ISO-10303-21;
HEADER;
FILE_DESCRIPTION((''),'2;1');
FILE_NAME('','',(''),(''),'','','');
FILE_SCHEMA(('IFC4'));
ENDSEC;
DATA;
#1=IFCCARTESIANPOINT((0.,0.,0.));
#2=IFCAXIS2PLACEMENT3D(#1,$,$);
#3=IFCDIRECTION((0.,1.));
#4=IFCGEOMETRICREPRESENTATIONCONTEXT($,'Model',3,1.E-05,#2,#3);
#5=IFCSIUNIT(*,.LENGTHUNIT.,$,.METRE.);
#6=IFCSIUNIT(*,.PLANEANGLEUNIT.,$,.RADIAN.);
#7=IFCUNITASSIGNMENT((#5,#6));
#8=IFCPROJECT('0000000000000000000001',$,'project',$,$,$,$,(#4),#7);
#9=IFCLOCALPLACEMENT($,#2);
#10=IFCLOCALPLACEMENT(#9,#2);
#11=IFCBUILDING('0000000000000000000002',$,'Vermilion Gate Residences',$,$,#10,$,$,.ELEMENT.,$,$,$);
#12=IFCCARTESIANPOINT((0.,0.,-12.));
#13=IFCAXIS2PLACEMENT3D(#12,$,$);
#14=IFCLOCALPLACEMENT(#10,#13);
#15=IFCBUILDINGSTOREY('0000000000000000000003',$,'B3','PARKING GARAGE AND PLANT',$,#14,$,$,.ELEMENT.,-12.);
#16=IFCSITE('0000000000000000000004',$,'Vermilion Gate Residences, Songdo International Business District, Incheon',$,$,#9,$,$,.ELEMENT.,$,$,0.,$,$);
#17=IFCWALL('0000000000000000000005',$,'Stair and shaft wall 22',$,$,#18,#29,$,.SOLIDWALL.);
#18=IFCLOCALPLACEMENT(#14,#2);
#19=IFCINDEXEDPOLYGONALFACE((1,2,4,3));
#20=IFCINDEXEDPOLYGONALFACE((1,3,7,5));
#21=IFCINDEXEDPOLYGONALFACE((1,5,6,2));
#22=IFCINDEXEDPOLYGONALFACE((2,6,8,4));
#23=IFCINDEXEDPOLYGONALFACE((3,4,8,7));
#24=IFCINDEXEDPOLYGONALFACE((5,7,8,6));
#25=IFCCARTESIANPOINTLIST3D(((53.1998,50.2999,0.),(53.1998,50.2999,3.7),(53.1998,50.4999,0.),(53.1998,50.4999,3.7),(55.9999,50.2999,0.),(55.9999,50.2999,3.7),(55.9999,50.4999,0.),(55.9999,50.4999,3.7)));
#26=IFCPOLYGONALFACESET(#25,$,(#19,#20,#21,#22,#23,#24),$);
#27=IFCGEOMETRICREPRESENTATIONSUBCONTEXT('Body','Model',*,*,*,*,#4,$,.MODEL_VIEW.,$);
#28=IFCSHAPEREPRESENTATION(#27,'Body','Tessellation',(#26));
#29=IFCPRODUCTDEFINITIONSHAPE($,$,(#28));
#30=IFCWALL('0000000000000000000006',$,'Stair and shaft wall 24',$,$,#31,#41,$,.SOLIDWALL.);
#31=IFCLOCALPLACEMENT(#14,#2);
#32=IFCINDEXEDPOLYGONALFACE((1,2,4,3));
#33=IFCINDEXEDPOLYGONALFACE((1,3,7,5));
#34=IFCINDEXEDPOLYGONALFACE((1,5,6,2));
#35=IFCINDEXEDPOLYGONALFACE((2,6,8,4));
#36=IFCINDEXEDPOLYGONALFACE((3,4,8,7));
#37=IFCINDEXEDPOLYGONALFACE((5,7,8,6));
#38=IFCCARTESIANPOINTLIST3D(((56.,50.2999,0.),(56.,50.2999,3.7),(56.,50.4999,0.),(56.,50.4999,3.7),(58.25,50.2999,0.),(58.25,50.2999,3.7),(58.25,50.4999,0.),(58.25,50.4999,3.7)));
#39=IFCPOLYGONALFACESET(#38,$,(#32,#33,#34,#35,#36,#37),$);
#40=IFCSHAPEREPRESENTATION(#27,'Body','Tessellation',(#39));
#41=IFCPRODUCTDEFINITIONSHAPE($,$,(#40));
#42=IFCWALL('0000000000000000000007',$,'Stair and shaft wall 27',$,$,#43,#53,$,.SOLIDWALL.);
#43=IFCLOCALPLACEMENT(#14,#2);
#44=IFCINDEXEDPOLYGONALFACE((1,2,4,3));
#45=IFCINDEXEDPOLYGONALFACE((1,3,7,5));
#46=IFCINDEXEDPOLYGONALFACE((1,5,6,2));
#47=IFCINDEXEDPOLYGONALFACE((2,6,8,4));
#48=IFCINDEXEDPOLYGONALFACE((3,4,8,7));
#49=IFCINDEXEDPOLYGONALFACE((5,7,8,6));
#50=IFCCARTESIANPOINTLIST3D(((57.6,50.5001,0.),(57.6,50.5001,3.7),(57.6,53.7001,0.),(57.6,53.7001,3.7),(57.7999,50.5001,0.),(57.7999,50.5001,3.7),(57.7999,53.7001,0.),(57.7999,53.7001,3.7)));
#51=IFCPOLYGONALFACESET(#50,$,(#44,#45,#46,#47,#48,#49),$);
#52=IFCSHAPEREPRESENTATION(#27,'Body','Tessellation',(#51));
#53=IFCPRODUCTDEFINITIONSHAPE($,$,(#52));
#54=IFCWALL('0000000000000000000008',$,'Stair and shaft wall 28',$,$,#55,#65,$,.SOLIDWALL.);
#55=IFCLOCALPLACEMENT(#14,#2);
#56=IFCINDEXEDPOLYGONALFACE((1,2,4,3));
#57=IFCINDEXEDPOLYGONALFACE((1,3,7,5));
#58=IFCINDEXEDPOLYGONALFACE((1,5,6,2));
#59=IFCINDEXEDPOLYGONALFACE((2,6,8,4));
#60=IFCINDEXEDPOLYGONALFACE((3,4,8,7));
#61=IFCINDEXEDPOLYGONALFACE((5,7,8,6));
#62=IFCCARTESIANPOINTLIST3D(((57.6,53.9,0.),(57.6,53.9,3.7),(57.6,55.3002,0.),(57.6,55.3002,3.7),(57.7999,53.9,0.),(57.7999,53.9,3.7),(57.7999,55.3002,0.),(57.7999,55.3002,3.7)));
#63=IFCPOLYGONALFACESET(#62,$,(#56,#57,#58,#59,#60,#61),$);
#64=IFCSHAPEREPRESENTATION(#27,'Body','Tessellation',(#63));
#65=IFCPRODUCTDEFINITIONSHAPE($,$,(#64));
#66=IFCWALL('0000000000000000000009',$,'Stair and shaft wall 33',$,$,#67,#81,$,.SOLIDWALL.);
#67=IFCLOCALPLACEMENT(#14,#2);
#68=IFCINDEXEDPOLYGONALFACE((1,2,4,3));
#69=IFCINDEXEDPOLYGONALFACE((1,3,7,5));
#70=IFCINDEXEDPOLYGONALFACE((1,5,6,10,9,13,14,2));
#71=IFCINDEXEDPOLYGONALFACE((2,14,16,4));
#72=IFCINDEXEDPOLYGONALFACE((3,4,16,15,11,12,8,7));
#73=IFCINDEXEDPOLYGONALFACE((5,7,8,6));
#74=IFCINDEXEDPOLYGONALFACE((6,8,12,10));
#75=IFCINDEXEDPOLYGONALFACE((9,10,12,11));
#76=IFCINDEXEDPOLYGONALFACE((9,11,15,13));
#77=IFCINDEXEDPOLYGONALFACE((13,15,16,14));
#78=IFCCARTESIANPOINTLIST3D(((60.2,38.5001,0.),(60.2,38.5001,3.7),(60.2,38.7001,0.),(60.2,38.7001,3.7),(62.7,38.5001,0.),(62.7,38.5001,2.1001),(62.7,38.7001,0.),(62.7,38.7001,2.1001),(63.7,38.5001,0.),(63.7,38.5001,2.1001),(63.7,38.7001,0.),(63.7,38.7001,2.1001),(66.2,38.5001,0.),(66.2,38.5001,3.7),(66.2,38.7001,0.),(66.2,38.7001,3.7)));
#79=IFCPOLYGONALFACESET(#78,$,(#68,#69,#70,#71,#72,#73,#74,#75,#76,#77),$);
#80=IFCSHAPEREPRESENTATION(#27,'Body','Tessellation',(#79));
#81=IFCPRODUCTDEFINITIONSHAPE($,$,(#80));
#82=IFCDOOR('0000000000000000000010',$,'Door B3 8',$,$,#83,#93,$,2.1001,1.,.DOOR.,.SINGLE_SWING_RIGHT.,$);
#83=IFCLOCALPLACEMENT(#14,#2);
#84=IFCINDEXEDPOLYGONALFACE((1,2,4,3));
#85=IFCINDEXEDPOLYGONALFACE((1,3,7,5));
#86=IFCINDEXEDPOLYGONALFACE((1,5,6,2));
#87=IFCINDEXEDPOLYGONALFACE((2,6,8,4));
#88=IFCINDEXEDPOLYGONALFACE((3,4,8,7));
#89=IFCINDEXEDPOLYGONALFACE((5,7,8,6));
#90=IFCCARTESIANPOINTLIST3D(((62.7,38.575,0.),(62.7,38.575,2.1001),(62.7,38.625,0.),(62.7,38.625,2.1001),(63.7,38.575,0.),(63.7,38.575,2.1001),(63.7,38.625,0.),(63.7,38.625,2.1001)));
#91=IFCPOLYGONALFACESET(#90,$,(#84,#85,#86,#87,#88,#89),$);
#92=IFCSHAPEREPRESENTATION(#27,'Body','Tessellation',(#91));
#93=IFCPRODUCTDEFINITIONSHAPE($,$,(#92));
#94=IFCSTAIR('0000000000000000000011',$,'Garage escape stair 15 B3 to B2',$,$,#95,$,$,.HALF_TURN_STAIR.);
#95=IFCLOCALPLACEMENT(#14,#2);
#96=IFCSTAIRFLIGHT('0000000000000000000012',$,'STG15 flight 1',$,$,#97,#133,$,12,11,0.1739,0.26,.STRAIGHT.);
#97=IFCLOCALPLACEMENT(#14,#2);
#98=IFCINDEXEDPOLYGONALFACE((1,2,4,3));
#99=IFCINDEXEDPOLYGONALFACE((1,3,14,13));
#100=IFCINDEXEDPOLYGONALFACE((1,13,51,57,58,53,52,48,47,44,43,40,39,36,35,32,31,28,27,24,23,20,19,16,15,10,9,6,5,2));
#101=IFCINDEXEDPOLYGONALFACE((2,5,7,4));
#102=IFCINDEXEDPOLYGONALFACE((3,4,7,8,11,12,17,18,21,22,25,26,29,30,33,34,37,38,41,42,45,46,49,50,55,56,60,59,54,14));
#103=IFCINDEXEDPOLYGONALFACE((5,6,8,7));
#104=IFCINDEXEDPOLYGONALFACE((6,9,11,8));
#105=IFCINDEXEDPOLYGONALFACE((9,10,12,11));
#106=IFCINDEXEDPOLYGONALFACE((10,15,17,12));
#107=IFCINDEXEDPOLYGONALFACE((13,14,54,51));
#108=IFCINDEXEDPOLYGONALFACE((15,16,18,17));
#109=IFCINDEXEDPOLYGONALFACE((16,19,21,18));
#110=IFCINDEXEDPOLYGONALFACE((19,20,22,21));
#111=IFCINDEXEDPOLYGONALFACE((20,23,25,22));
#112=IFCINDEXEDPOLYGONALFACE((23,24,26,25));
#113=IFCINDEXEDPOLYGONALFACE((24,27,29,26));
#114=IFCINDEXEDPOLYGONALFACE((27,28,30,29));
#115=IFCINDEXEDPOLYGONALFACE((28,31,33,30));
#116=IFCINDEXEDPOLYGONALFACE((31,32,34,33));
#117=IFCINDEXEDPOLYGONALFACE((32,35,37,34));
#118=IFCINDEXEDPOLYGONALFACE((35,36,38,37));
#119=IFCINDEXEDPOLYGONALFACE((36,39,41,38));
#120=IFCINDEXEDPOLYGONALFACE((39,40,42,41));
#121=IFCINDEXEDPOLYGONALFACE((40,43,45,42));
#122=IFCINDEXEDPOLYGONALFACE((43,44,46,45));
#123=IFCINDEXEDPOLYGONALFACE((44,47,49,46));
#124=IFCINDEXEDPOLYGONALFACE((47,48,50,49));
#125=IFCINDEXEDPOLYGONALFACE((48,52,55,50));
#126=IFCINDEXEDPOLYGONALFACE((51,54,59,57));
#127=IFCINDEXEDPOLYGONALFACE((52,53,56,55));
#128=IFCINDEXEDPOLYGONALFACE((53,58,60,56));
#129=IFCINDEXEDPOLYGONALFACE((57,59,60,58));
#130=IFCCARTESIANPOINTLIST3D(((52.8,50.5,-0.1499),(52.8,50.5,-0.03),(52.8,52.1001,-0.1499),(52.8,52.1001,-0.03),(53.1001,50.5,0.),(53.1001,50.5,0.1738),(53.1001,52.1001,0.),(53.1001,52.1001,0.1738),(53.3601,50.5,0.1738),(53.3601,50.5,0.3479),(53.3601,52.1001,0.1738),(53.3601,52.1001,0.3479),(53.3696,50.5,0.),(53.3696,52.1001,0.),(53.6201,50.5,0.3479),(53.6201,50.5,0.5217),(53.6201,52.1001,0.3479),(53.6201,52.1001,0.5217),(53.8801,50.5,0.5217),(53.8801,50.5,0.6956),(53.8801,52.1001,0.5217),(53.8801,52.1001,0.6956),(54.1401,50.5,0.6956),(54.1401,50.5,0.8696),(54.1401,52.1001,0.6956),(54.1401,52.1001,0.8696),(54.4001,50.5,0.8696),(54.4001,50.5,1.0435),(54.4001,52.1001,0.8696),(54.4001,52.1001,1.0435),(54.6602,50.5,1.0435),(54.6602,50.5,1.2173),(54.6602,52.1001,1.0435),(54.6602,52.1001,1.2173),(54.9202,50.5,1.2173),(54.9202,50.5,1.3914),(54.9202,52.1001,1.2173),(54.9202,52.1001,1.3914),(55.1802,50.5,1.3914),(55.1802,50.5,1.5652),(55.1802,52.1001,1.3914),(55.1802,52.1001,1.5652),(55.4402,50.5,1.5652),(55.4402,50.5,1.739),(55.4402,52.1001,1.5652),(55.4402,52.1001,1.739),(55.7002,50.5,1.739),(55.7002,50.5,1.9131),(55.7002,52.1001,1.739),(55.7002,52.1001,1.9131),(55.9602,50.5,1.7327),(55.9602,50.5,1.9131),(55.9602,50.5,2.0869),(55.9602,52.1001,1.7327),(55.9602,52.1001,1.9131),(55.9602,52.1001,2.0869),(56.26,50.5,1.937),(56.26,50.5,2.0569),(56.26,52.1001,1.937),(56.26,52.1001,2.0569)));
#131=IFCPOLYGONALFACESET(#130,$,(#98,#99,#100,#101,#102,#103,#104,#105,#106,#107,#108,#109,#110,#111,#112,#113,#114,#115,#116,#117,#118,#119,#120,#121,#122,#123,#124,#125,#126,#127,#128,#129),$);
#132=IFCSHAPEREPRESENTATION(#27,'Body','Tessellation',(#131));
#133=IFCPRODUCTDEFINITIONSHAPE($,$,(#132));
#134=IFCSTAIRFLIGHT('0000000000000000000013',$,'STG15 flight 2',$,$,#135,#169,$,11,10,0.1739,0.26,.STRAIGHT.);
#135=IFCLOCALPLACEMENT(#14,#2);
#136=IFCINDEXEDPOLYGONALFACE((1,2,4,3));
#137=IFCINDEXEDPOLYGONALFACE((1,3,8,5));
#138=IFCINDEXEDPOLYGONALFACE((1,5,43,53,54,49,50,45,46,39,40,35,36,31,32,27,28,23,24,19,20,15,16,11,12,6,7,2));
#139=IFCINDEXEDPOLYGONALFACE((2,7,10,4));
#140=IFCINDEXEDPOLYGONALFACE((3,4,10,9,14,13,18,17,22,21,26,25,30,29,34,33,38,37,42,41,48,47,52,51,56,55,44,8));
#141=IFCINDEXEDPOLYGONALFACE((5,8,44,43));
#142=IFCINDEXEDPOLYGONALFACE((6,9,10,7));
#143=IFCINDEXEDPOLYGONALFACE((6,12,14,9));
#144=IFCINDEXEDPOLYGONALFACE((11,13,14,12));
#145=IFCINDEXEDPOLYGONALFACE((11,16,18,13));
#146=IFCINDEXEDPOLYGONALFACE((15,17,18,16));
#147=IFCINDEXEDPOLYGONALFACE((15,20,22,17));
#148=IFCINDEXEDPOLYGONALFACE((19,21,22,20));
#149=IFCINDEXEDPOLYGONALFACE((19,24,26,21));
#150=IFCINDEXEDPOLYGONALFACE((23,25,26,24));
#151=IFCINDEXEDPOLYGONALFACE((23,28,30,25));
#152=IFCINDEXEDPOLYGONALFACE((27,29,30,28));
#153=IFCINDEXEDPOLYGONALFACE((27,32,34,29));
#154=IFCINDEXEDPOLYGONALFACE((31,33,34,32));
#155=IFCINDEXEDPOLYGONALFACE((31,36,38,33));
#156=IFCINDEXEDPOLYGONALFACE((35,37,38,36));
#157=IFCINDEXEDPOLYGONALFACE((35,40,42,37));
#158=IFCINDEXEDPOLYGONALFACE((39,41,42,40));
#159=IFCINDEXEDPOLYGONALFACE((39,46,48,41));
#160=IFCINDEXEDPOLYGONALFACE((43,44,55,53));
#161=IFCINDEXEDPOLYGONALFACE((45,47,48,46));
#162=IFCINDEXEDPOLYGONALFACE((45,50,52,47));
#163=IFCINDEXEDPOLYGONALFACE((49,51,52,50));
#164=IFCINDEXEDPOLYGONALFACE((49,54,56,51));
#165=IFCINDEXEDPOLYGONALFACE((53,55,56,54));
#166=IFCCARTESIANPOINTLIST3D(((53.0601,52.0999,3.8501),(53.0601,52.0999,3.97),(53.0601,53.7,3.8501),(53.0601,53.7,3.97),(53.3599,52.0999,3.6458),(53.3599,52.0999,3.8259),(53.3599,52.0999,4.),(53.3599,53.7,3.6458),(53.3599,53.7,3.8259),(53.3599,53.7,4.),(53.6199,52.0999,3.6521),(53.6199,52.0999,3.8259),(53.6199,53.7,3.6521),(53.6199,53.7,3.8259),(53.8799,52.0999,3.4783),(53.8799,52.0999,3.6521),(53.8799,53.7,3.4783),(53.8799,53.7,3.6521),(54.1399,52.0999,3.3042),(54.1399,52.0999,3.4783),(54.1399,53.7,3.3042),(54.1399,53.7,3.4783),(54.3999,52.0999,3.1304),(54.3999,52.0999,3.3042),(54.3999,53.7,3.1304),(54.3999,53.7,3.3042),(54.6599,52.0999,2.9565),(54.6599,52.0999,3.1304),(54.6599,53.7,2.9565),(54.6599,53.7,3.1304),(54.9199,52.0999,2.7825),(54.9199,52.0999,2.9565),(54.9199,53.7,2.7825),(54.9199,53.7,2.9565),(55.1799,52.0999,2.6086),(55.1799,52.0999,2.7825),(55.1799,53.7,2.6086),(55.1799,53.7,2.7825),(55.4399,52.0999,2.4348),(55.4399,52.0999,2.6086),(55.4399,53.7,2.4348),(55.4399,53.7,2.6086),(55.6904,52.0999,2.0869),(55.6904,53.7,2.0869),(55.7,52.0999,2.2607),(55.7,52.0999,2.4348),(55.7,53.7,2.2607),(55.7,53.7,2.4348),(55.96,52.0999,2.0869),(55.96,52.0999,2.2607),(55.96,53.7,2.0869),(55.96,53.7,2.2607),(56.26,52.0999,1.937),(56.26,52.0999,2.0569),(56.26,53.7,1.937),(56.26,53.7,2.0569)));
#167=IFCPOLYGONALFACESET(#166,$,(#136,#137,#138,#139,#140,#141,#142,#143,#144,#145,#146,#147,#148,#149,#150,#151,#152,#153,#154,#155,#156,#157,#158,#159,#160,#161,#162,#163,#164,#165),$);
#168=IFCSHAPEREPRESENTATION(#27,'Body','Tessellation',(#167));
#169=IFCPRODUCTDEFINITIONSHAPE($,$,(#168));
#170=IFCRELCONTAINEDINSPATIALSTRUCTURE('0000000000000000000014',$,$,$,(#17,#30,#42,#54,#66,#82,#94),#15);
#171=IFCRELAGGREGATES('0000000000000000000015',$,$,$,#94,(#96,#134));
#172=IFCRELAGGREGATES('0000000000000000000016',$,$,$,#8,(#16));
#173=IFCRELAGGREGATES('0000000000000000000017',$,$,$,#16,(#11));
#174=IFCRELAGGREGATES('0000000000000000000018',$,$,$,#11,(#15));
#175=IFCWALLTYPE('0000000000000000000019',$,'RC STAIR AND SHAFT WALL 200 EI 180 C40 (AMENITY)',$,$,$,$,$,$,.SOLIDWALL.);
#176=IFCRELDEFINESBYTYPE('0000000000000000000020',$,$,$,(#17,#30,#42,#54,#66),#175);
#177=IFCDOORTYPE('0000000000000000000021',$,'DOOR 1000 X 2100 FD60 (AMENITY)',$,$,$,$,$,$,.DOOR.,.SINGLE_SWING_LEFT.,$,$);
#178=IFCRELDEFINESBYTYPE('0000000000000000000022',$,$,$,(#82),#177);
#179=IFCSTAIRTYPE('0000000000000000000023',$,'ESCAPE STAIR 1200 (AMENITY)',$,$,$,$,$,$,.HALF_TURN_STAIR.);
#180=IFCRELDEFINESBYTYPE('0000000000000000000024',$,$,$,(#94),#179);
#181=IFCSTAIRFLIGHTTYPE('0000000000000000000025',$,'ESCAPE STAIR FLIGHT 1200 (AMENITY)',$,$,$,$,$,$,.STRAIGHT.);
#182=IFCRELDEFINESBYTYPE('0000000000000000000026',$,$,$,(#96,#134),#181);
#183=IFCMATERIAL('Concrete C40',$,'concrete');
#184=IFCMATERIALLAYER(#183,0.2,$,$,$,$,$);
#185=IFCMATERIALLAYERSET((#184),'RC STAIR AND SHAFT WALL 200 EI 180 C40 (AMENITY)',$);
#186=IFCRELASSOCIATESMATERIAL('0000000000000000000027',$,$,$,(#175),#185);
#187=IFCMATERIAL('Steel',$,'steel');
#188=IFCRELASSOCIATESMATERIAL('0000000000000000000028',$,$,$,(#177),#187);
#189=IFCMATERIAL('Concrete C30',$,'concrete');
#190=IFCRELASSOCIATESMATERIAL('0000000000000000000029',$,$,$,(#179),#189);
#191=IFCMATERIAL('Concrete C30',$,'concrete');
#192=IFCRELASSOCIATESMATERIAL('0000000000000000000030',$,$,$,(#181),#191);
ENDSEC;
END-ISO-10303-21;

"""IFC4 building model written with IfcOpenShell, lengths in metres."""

from ifc_helpers import new_model, si_unit, direction, frame, frame_2d, origin, place, context, subcontext, project, spatial, polyline, rectangle, outline, extrude, material, layer, layer_set, type_object, element, fill, aggregate, save


model = new_model("IFC4")

# Units and contexts
model_context = context("Model", 3, precision=1e-05, world=origin(), true_north=direction((0.0, 1.0)))
body_context = subcontext(model_context, "Body", "Model", "MODEL_VIEW")
ifc_project = project(units=[si_unit("LENGTHUNIT", "METRE"), si_unit("PLANEANGLEUNIT", "RADIAN")], contexts=[model_context])

# Site, building, storey
site_placement = place(None, origin())
site = spatial("IfcSite", under=ifc_project, at=site_placement, Name="Vermilion Gate Residences, Songdo International Business District, Incheon", CompositionType="ELEMENT", RefElevation=0.0)
building_placement = place(site_placement, origin())
building = spatial("IfcBuilding", under=site, at=building_placement, Name="Vermilion Gate Residences", CompositionType="ELEMENT")
storey_placement = place(building_placement, frame((0.0, 0.0, -12.0)))
storey = spatial("IfcBuildingStorey", under=building, at=storey_placement, Name="B3", Description="PARKING GARAGE AND PLANT", CompositionType="ELEMENT", Elevation=-12.0)

# Shared definitions
ifc_material_1 = material(Name="Concrete C40", Category="concrete")
ifc_layer_1 = layer(ifc_material_1, 0.2)
ifc_layer_set_1 = layer_set([ifc_layer_1], Name="RC STAIR AND SHAFT WALL 200 EI 180 C40 (AMENITY)")
wall_type_1 = type_object("IfcWallType", Name="RC STAIR AND SHAFT WALL 200 EI 180 C40 (AMENITY)", PredefinedType="SOLIDWALL", material=ifc_layer_set_1)

# Shared definitions
ifc_material_2 = material(Name="Steel", Category="steel")
door_type_1 = type_object("IfcDoorType", Name="DOOR 1000 X 2100 FD60 (AMENITY)", OperationType="SINGLE_SWING_LEFT", PredefinedType="DOOR", material=ifc_material_2)

# Walls
wall_1_placement = place(storey_placement, frame((53.2, 50.3999, 0.0), z_axis=(0.0, 0.0, 1.0), x_axis=(1.0, 0.0, 0.0)))
element("IfcWall", 1, at=wall_1_placement, inside=storey, type_object=wall_type_1, Name="Stair and shaft wall 22", PredefinedType="SOLIDWALL", context=body_context, shape_type="SweptSolid", body=[
    extrude(rectangle(XDim=2.8, YDim=0.2, at=frame_2d((1.3999, 0.0))), origin(), (0.0, 0.0, 1.0), 3.7),
])
wall_2_placement = place(storey_placement, frame((56.0, 50.3999, 0.0), z_axis=(0.0, 0.0, 1.0), x_axis=(1.0, 0.0, 0.0)))
element("IfcWall", 2, at=wall_2_placement, inside=storey, type_object=wall_type_1, Name="Stair and shaft wall 24", PredefinedType="SOLIDWALL", context=body_context, shape_type="SweptSolid", body=[
    extrude(rectangle(XDim=2.25, YDim=0.2, at=frame_2d((1.125, 0.0))), origin(), (0.0, 0.0, 1.0), 3.7),
])
wall_3_placement = place(storey_placement, frame((57.7, 50.5, 0.0), z_axis=(0.0, 0.0, 1.0), x_axis=(0.0, 1.0, 0.0)))
element("IfcWall", 3, at=wall_3_placement, inside=storey, type_object=wall_type_1, Name="Stair and shaft wall 27", PredefinedType="SOLIDWALL", context=body_context, shape_type="SweptSolid", body=[
    extrude(rectangle(XDim=3.2, YDim=0.2, at=frame_2d((1.6001, 0.0))), origin(), (0.0, 0.0, 1.0), 3.7),
])
wall_4_placement = place(storey_placement, frame((57.7, 53.8999, 0.0), z_axis=(0.0, 0.0, 1.0), x_axis=(0.0, 1.0, 0.0)))
element("IfcWall", 4, at=wall_4_placement, inside=storey, type_object=wall_type_1, Name="Stair and shaft wall 28", PredefinedType="SOLIDWALL", context=body_context, shape_type="SweptSolid", body=[
    extrude(rectangle(XDim=1.4001, YDim=0.2, at=frame_2d((0.7002, 0.0))), origin(), (0.0, 0.0, 1.0), 3.7),
])

# Wall, opening, door
wall_5_placement = place(storey_placement, frame((60.2, 38.6001, 0.0), z_axis=(0.0, 0.0, 1.0), x_axis=(1.0, 0.0, 0.0)))
wall_5 = element("IfcWall", 5, at=wall_5_placement, inside=storey, type_object=wall_type_1, Name="Stair and shaft wall 33", PredefinedType="SOLIDWALL", context=body_context, shape_type="SweptSolid", body=[
    extrude(rectangle(XDim=6.0, YDim=0.2, at=frame_2d((3.0, 0.0))), origin(), (0.0, 0.0, 1.0), 3.7),
])
opening_1_placement = place(wall_5_placement, frame((2.5, 0.0, 0.0)))
opening_1 = element("IfcOpeningElement", 6, at=opening_1_placement, cuts=wall_5, PredefinedType="OPENING", context=body_context, shape_type="SweptSolid", body=[
    extrude(rectangle(XDim=1.0, YDim=2.1001, at=frame_2d((0.5, 1.05))), frame((0.0, 0.1099, 0.0), z_axis=(0.0, -1.0, 0.0), x_axis=(1.0, 0.0, 0.0)), (0.0, 0.0, 1.0), 0.22),
])
door_1_placement = place(opening_1_placement, origin())
door_1 = element("IfcDoor", 7, at=door_1_placement, inside=storey, type_object=door_type_1, Name="Door B3 8", OperationType="SINGLE_SWING_RIGHT", OverallHeight=2.1001, OverallWidth=1.0, PredefinedType="DOOR", context=body_context, shape_type="SweptSolid", body=[
    extrude(rectangle(XDim=1.0, YDim=2.1001, at=frame_2d((0.5, 1.05))), frame((0.0, 0.0249, 0.0), z_axis=(0.0, -1.0, 0.0), x_axis=(1.0, 0.0, 0.0)), (0.0, 0.0, 1.0), 0.05),
])
fill(opening_1, door_1)

# Stair, stair flights
ifc_material_3 = material(Name="Concrete C30", Category="concrete")
stair_type = type_object("IfcStairType", Name="ESCAPE STAIR 1200 (AMENITY)", PredefinedType="HALF_TURN_STAIR", material=ifc_material_3)
stair_placement = place(storey_placement, origin())
stair = element("IfcStair", 8, at=stair_placement, inside=storey, type_object=stair_type, Name="Garage escape stair 15 B3 to B2", PredefinedType="HALF_TURN_STAIR")
ifc_material_4 = material(Name="Concrete C30", Category="concrete")
stair_flight_type = type_object("IfcStairFlightType", Name="ESCAPE STAIR FLIGHT 1200 (AMENITY)", PredefinedType="STRAIGHT", material=ifc_material_4)
stair_flight_1_placement = place(storey_placement, frame((53.1001, 51.3, 0.0), z_axis=(0.0, 0.0, 1.0), x_axis=(1.0, 0.0, 0.0)))
stair_flight_1 = element("IfcStairFlight", 9, at=stair_flight_1_placement, type_object=stair_flight_type, Name="STG15 flight 1", NumberOfRisers=12, NumberOfTreads=11, PredefinedType="STRAIGHT", RiserHeight=0.1739, TreadLength=0.26, context=body_context, shape_type="SweptSolid", body=[
    extrude(outline(polyline([(-0.3, -0.1499), (-0.3, -0.03), (0.0, 0.0), (0.0, 0.1738), (0.26, 0.1738), (0.26, 0.3479), (0.52, 0.3479), (0.52, 0.5217), (0.78, 0.5217), (0.78, 0.6956), (1.04, 0.6956), (1.04, 0.8696), (1.3, 0.8696), (1.3, 1.0435), (1.5601, 1.0435), (1.5601, 1.2173), (1.8201, 1.2173), (1.8201, 1.3914), (2.0801, 1.3914), (2.0801, 1.5652), (2.3401, 1.5652), (2.3401, 1.739), (2.6001, 1.739), (2.6001, 1.9131), (2.8601, 1.9131), (2.8601, 2.0869), (3.1599, 2.0569), (3.1599, 1.937), (2.8601, 1.7327), (0.2695, 0.0), (-0.3, -0.1499)])), frame((0.0, 0.8, 0.0), z_axis=(0.0, -1.0, 0.0), x_axis=(1.0, 0.0, 0.0)), (0.0, 0.0, 1.0), 1.6001),
])
stair_flight_2_placement = place(storey_placement, frame((55.96, 52.8999, 2.0869), z_axis=(0.0, 0.0, 1.0), x_axis=(-1.0, 0.0, 0.0)))
stair_flight_2 = element("IfcStairFlight", 10, at=stair_flight_2_placement, type_object=stair_flight_type, Name="STG15 flight 2", NumberOfRisers=11, NumberOfTreads=10, PredefinedType="STRAIGHT", RiserHeight=0.1739, TreadLength=0.26, context=body_context, shape_type="SweptSolid", body=[
    extrude(outline(polyline([(-0.3, -0.1499), (-0.3, -0.03), (0.0, 0.0), (0.0, 0.1738), (0.26, 0.1738), (0.26, 0.3479), (0.52, 0.3479), (0.52, 0.5217), (0.78, 0.5217), (0.78, 0.6956), (1.04, 0.6956), (1.04, 0.8696), (1.3, 0.8696), (1.3, 1.0435), (1.5601, 1.0435), (1.5601, 1.2173), (1.8201, 1.2173), (1.8201, 1.3914), (2.0801, 1.3914), (2.0801, 1.5652), (2.3401, 1.5652), (2.3401, 1.739), (2.6001, 1.739), (2.6001, 1.9131), (2.8999, 1.8831), (2.8999, 1.7632), (2.6001, 1.5588), (0.2695, 0.0), (-0.3, -0.1499)])), frame((0.0, 0.8, 0.0), z_axis=(0.0, -1.0, 0.0), x_axis=(1.0, 0.0, 0.0)), (0.0, 0.0, 1.0), 1.6001),
])
aggregate(stair, [stair_flight_1, stair_flight_2])

save(model, "model.ifc")
